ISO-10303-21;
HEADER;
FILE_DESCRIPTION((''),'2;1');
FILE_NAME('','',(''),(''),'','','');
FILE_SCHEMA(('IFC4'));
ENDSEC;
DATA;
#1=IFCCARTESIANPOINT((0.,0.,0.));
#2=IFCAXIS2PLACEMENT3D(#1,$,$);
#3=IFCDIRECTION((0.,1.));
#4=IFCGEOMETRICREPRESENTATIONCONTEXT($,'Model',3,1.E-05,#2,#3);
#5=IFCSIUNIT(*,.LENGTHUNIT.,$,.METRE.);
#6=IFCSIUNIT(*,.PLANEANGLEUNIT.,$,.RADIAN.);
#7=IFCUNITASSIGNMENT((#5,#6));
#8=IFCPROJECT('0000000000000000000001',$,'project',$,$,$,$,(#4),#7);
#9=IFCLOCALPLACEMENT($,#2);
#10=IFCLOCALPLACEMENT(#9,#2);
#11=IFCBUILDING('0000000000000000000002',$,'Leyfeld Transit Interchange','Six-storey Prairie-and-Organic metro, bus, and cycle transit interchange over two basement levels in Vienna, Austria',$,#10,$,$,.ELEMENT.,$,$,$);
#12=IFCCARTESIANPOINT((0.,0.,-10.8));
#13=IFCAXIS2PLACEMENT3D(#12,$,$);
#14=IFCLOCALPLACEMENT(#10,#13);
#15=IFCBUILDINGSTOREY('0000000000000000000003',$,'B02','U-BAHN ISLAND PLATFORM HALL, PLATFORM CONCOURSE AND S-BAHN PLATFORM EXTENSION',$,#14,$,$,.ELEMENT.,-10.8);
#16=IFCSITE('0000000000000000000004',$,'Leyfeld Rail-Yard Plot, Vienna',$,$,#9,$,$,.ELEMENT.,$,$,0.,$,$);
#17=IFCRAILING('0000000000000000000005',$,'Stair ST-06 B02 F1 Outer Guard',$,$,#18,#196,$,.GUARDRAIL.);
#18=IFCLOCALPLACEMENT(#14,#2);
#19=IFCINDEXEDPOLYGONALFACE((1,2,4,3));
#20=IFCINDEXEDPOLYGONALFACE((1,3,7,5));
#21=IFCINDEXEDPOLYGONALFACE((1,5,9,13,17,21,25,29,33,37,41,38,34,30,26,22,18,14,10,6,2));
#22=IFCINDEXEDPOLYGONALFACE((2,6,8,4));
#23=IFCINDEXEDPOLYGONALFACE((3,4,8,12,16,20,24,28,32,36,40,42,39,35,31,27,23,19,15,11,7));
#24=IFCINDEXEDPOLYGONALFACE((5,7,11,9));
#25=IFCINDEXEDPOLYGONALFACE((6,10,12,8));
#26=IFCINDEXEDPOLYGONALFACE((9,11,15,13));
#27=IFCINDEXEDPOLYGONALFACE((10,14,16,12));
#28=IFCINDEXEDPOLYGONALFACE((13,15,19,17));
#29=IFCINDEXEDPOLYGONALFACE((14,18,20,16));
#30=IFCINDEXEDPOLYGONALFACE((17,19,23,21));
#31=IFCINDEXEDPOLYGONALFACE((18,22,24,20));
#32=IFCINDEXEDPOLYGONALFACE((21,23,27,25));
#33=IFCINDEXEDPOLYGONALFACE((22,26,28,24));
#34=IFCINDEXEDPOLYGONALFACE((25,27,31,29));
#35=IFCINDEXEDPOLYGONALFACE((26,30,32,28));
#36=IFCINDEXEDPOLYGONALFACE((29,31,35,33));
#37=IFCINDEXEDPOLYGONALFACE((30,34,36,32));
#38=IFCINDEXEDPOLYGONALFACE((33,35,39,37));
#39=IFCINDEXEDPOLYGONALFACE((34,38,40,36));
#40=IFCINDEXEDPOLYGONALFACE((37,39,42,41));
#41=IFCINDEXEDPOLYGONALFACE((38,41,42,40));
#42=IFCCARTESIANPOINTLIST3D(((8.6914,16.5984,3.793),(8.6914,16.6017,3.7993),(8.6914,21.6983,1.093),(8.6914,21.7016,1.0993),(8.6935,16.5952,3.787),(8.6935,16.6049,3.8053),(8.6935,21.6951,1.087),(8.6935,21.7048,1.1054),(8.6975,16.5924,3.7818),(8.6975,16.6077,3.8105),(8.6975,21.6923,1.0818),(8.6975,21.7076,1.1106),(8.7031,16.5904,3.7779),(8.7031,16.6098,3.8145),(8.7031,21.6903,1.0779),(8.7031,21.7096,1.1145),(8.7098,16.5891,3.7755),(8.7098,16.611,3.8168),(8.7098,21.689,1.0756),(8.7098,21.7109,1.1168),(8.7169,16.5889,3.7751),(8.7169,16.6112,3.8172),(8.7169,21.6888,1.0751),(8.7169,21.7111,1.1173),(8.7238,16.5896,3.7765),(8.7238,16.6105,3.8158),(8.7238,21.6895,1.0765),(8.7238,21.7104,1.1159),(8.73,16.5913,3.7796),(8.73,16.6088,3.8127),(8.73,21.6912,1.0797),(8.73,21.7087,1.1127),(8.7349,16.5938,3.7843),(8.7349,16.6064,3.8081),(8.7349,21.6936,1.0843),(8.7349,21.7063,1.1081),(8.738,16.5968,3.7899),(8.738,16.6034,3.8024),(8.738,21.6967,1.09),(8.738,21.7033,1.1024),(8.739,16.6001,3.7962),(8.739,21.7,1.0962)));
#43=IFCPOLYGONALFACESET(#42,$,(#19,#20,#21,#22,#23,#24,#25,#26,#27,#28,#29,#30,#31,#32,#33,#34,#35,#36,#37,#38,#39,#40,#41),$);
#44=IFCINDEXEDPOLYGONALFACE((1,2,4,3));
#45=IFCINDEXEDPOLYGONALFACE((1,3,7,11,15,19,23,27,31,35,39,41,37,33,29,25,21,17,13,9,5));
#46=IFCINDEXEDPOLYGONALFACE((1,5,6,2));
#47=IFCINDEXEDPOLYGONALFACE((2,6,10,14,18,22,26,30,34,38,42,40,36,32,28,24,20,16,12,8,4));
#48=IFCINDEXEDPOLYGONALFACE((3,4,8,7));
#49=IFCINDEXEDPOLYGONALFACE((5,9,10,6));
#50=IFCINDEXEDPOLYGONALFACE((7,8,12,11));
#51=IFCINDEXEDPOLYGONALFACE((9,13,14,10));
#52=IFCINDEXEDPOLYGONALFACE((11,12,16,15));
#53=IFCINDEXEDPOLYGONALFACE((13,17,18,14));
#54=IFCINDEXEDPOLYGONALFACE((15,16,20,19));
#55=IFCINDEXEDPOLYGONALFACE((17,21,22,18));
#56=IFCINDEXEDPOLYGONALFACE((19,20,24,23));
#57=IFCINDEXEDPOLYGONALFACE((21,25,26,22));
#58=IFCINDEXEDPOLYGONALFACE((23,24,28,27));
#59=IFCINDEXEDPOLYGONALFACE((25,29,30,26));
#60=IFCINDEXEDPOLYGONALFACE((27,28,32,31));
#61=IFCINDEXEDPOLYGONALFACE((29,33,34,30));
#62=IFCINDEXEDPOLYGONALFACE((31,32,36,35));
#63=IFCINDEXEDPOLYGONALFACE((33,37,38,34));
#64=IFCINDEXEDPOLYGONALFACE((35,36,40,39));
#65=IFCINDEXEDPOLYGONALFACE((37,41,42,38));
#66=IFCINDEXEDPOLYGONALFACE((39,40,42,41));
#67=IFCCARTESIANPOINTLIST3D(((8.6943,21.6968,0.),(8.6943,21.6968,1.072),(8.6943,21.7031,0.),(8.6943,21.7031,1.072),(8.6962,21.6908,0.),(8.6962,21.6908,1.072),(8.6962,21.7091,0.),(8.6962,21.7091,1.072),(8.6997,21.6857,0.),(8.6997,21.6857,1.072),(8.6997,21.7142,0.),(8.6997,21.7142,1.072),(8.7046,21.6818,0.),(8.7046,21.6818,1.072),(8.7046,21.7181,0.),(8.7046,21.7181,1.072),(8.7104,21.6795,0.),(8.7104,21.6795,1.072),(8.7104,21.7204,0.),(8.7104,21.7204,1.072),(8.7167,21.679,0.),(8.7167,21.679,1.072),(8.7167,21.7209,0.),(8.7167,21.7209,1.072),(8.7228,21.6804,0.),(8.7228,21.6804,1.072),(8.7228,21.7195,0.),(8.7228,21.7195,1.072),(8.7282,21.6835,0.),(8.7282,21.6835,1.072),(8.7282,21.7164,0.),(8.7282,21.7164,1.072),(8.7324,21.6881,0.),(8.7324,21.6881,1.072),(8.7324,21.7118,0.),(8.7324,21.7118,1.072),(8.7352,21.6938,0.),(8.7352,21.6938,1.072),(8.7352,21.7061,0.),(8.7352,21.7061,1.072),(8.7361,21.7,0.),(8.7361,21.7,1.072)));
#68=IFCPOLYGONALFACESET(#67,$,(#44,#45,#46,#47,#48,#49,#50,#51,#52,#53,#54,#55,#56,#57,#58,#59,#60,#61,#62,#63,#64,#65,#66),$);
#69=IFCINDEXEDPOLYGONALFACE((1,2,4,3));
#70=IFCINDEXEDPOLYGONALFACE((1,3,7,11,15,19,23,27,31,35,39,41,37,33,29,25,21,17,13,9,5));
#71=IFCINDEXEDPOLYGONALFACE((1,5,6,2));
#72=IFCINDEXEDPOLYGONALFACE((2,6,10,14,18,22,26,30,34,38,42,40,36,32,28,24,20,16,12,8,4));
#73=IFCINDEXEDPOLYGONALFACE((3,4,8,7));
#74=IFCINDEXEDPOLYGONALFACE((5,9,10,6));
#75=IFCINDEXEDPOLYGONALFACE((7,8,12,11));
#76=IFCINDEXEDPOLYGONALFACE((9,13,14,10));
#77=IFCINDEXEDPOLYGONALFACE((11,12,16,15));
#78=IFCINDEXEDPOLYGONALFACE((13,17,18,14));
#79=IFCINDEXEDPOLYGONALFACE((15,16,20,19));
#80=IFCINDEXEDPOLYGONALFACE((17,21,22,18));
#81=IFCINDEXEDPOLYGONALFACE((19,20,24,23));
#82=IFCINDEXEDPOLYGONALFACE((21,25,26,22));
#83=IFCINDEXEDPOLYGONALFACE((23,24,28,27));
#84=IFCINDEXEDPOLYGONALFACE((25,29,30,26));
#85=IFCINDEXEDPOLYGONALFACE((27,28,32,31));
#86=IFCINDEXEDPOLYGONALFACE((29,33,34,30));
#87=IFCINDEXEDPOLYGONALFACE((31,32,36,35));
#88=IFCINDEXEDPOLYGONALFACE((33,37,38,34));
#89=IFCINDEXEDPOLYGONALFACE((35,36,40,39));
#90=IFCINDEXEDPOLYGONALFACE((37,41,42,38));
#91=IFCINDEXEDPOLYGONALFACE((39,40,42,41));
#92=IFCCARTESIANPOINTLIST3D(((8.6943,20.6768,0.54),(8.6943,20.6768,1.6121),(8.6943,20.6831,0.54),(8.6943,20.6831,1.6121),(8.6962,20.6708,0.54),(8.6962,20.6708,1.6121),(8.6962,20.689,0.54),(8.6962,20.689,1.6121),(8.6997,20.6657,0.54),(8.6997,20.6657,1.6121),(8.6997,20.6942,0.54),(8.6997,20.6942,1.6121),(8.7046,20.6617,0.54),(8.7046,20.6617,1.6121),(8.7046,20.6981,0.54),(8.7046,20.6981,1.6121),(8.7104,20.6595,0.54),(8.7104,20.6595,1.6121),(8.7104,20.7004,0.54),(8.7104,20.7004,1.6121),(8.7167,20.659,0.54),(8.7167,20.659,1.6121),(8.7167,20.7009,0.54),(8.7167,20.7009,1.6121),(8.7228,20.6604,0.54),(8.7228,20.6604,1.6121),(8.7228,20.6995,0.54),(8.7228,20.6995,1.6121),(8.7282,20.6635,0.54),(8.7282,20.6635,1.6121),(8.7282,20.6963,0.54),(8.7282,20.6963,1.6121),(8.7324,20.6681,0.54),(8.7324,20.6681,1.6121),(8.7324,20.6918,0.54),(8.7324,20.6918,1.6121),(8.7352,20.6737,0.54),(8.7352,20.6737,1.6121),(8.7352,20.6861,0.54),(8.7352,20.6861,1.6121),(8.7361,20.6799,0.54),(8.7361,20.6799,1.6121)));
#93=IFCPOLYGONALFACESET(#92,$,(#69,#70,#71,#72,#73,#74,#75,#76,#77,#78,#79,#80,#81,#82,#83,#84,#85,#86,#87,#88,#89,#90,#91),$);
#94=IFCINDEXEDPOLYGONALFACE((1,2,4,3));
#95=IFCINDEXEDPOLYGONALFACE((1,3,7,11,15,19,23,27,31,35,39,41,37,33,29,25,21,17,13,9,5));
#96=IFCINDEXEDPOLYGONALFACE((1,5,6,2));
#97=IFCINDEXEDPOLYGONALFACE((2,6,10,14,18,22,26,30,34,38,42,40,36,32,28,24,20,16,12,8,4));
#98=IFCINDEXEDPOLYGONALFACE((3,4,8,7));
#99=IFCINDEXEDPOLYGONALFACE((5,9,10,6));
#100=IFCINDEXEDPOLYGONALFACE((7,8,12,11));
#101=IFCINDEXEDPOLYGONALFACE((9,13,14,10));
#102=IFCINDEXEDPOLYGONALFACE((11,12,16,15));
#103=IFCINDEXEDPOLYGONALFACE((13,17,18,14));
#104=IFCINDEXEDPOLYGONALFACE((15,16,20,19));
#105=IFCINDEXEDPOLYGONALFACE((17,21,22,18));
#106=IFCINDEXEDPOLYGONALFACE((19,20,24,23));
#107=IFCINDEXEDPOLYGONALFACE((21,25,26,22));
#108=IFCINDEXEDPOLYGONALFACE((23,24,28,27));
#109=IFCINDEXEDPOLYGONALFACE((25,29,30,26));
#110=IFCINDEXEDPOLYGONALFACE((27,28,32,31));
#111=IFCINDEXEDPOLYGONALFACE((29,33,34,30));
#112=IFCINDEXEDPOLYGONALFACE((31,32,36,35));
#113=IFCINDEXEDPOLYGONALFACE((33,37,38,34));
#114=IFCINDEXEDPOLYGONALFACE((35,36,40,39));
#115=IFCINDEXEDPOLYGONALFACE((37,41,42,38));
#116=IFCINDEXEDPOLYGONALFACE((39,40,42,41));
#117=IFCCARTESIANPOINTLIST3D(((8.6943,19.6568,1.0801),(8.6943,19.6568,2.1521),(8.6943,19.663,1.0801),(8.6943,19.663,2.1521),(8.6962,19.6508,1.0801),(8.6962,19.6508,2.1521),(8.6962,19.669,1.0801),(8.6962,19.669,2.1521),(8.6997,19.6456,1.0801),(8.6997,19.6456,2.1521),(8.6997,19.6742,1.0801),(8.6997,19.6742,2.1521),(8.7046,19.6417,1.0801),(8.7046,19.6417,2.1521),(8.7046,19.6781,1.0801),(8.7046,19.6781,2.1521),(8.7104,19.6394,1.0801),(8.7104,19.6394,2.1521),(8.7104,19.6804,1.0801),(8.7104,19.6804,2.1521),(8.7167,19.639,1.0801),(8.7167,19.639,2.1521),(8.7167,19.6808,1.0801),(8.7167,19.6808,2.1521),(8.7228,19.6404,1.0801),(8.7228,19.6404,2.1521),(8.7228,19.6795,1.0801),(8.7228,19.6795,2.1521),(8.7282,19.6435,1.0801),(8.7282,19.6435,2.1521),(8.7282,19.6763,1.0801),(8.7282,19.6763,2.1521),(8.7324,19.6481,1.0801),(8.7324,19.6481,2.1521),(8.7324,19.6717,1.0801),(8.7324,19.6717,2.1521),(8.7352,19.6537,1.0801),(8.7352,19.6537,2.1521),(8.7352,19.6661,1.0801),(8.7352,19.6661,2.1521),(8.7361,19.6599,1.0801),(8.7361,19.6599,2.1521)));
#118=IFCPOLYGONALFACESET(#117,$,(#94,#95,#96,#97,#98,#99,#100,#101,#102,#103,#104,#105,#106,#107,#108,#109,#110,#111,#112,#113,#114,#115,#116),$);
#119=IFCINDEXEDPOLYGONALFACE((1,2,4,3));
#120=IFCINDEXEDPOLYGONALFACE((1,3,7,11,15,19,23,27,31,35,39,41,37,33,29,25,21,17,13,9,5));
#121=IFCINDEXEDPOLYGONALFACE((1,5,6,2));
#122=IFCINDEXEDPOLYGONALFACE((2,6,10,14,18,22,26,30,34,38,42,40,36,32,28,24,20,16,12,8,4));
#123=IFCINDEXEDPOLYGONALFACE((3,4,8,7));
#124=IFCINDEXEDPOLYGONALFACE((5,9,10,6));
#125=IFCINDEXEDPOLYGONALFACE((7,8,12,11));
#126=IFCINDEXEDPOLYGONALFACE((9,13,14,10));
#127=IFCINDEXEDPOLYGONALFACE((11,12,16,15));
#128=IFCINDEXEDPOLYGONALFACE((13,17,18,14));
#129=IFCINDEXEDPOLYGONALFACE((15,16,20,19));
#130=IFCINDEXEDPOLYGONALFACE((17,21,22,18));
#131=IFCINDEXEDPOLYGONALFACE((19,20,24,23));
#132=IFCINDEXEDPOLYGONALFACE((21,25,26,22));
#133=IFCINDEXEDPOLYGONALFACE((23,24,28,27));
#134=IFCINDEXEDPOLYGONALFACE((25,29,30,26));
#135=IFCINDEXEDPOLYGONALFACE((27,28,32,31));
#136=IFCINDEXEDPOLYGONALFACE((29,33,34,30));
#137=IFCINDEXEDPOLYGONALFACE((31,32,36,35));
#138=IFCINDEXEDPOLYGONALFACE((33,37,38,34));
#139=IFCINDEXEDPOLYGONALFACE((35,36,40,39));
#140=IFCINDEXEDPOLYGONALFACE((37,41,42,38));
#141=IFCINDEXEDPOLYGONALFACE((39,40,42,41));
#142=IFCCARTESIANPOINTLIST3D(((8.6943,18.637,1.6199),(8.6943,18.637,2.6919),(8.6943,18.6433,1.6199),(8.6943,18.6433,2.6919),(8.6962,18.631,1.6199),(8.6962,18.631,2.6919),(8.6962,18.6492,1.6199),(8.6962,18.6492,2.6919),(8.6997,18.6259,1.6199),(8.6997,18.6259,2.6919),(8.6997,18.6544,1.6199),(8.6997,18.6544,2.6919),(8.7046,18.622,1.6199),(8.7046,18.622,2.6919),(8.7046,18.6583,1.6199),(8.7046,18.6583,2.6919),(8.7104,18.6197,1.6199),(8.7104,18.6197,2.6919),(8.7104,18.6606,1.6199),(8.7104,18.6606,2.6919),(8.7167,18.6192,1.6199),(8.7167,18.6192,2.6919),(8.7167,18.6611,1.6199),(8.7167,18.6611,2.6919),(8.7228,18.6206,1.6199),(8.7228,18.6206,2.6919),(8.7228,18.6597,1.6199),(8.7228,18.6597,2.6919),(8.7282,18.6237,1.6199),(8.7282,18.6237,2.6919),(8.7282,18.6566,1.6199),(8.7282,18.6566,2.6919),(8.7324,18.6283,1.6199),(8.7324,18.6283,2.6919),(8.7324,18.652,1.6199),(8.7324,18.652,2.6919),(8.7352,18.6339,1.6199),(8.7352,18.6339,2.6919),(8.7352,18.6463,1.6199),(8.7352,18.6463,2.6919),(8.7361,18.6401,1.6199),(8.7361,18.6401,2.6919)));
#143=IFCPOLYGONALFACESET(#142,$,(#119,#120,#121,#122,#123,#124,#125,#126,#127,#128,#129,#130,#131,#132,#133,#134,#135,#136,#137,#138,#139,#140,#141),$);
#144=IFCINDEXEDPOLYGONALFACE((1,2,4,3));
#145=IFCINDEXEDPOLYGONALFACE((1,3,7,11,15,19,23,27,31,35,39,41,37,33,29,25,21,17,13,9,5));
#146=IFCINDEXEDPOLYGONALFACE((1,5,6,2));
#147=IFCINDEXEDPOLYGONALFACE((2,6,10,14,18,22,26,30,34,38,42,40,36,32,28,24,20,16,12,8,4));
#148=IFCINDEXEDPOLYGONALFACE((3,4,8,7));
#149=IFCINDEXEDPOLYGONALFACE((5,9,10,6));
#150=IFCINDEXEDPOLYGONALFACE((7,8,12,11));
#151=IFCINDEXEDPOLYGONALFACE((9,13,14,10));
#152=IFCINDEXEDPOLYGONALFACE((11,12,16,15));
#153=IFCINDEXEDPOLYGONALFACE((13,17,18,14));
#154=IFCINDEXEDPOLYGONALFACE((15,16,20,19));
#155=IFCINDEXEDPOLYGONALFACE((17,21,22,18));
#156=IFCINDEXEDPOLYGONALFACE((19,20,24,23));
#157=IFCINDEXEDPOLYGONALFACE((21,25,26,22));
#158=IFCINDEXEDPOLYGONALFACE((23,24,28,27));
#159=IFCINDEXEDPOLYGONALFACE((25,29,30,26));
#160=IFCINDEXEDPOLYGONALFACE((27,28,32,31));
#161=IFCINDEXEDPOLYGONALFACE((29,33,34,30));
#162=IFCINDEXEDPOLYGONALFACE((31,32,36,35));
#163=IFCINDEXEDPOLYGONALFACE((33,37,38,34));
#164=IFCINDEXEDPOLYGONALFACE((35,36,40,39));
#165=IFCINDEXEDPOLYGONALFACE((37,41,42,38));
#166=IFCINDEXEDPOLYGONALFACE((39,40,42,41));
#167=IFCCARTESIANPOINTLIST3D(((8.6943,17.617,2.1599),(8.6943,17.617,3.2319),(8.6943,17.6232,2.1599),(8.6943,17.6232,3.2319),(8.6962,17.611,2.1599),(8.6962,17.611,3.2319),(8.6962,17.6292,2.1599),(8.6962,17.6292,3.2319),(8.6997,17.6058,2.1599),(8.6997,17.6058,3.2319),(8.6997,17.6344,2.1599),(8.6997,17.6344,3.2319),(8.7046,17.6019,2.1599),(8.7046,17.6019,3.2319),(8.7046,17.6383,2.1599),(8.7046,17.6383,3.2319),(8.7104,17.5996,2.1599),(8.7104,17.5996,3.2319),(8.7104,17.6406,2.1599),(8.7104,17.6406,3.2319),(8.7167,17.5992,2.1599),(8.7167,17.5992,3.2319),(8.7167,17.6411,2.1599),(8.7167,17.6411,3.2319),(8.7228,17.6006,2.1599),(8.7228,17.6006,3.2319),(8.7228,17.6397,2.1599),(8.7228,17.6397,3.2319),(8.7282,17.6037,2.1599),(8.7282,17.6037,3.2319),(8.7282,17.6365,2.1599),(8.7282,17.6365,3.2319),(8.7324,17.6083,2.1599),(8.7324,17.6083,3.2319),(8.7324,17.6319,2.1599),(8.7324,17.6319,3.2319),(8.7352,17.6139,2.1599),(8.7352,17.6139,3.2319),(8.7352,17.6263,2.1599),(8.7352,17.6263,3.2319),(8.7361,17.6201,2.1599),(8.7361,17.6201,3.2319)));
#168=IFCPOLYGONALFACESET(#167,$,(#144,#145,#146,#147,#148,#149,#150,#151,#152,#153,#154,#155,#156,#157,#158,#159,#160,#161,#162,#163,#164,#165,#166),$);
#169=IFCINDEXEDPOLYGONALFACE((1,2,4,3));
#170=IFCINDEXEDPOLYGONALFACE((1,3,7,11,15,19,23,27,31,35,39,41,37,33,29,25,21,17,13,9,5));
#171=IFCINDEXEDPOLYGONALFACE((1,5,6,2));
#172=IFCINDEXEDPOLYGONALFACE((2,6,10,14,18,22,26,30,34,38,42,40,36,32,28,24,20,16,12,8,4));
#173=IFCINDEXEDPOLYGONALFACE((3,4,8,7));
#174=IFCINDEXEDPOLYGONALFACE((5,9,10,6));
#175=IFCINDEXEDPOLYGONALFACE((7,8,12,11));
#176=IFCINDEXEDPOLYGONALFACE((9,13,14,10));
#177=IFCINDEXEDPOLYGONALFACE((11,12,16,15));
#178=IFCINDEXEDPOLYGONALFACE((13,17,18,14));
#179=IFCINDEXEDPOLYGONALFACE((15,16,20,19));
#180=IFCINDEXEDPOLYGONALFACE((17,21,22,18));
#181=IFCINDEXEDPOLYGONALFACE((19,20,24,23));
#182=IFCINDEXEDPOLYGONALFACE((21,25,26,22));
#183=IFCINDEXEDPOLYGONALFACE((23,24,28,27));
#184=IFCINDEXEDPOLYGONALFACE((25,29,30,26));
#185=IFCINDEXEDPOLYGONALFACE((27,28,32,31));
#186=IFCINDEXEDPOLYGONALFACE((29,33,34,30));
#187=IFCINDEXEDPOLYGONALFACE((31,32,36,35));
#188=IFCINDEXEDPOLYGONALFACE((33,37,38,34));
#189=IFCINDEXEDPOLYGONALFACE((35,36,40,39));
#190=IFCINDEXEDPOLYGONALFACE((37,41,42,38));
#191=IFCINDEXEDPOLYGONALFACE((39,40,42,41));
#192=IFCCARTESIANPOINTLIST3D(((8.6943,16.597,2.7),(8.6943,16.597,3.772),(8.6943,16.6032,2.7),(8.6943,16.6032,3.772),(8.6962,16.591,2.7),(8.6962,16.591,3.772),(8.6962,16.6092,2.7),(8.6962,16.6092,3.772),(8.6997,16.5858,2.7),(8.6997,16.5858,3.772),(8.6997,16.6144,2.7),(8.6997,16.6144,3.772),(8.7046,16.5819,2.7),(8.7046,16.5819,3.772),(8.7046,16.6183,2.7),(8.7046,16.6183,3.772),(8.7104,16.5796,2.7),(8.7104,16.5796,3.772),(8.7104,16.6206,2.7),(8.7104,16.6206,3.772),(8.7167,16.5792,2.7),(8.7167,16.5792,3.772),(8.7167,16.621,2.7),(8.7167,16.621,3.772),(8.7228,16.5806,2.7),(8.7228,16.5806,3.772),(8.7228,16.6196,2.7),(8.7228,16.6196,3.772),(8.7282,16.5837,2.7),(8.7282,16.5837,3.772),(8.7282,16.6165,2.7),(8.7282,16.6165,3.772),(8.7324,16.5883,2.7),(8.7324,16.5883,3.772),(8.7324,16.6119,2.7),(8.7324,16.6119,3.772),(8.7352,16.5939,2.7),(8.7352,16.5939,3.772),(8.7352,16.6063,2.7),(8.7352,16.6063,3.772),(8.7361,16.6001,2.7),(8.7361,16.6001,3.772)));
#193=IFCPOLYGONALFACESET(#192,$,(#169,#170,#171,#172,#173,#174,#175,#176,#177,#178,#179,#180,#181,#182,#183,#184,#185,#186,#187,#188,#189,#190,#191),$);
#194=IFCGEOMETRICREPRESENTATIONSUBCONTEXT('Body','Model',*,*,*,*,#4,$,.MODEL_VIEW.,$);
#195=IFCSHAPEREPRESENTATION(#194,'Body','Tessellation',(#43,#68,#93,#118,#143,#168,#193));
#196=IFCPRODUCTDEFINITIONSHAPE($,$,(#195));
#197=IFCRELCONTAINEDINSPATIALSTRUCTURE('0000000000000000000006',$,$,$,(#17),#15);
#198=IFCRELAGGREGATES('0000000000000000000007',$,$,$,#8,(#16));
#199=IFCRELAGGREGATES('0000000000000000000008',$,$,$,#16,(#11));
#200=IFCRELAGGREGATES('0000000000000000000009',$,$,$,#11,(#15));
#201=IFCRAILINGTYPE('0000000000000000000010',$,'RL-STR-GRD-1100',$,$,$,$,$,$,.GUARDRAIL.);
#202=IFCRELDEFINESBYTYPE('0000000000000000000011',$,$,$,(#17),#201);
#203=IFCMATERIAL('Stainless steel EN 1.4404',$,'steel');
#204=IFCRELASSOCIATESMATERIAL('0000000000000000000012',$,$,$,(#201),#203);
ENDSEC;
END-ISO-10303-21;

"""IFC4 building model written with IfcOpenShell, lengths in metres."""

from ifc_helpers import new_model, si_unit, direction, frame, origin, origin_2d, place, context, subcontext, project, spatial, circle, extrude, material, type_object, element, save


model = new_model("IFC4")

# Units and contexts
model_context = context("Model", 3, precision=1e-05, world=origin(), true_north=direction((0.0, 1.0)))
body_context = subcontext(model_context, "Body", "Model", "MODEL_VIEW")
ifc_project = project(units=[si_unit("LENGTHUNIT", "METRE"), si_unit("PLANEANGLEUNIT", "RADIAN")], contexts=[model_context])

# Site, building, storey
site_placement = place(None, origin())
site = spatial("IfcSite", under=ifc_project, at=site_placement, Name="Leyfeld Rail-Yard Plot, Vienna", CompositionType="ELEMENT", RefElevation=0.0)
building_placement = place(site_placement, origin())
building = spatial("IfcBuilding", under=site, at=building_placement, Name="Leyfeld Transit Interchange", Description="Six-storey Prairie-and-Organic metro, bus, and cycle transit interchange over two basement levels in Vienna, Austria", CompositionType="ELEMENT")
storey_placement = place(building_placement, frame((0.0, 0.0, -10.8)))
storey = spatial("IfcBuildingStorey", under=building, at=storey_placement, Name="B02", Description="U-BAHN ISLAND PLATFORM HALL, PLATFORM CONCOURSE AND S-BAHN PLATFORM EXTENSION", CompositionType="ELEMENT", Elevation=-10.8)

# Railing
ifc_material_1 = material(Name="Stainless steel EN 1.4404", Category="steel")
railing_type_1 = type_object("IfcRailingType", Name="RL-STR-GRD-1100", PredefinedType="GUARDRAIL", material=ifc_material_1)
for number, where, name in (
    (1, (8.7151, 21.7, 0.0), "Stair ST-06 B02 F1 Outer Guard"),
):
    element("IfcRailing", number, at=place(storey_placement, frame(where)), inside=storey, type_object=railing_type_1, Name=name, PredefinedType="GUARDRAIL", context=body_context, shape_type="SweptSolid", body=[
        extrude(circle(Radius=0.0239, at=origin_2d()), frame((0.0, 0.0, 1.0962), z_axis=(0.0, -0.883786, 0.467892), x_axis=(1.0, 0.0, 0.0)), (0.0, 0.0, 1.0), 5.7705),
        extrude(circle(Radius=0.021, at=origin_2d()), origin(), (0.0, 0.0, 1.0), 1.072),
        extrude(circle(Radius=0.021, at=origin_2d()), frame((0.0, -1.02, 0.54)), (0.0, 0.0, 1.0), 1.072),
        extrude(circle(Radius=0.021, at=origin_2d()), frame((0.0, -2.04, 1.0801)), (0.0, 0.0, 1.0), 1.072),
        extrude(circle(Radius=0.021, at=origin_2d()), frame((0.0, -3.0598, 1.6199)), (0.0, 0.0, 1.0), 1.072),
        extrude(circle(Radius=0.021, at=origin_2d()), frame((0.0, -4.0798, 2.1599)), (0.0, 0.0, 1.0), 1.072),
        extrude(circle(Radius=0.021, at=origin_2d()), frame((0.0, -5.0999, 2.7)), (0.0, 0.0, 1.0), 1.072),
    ])

save(model, "model.ifc")
